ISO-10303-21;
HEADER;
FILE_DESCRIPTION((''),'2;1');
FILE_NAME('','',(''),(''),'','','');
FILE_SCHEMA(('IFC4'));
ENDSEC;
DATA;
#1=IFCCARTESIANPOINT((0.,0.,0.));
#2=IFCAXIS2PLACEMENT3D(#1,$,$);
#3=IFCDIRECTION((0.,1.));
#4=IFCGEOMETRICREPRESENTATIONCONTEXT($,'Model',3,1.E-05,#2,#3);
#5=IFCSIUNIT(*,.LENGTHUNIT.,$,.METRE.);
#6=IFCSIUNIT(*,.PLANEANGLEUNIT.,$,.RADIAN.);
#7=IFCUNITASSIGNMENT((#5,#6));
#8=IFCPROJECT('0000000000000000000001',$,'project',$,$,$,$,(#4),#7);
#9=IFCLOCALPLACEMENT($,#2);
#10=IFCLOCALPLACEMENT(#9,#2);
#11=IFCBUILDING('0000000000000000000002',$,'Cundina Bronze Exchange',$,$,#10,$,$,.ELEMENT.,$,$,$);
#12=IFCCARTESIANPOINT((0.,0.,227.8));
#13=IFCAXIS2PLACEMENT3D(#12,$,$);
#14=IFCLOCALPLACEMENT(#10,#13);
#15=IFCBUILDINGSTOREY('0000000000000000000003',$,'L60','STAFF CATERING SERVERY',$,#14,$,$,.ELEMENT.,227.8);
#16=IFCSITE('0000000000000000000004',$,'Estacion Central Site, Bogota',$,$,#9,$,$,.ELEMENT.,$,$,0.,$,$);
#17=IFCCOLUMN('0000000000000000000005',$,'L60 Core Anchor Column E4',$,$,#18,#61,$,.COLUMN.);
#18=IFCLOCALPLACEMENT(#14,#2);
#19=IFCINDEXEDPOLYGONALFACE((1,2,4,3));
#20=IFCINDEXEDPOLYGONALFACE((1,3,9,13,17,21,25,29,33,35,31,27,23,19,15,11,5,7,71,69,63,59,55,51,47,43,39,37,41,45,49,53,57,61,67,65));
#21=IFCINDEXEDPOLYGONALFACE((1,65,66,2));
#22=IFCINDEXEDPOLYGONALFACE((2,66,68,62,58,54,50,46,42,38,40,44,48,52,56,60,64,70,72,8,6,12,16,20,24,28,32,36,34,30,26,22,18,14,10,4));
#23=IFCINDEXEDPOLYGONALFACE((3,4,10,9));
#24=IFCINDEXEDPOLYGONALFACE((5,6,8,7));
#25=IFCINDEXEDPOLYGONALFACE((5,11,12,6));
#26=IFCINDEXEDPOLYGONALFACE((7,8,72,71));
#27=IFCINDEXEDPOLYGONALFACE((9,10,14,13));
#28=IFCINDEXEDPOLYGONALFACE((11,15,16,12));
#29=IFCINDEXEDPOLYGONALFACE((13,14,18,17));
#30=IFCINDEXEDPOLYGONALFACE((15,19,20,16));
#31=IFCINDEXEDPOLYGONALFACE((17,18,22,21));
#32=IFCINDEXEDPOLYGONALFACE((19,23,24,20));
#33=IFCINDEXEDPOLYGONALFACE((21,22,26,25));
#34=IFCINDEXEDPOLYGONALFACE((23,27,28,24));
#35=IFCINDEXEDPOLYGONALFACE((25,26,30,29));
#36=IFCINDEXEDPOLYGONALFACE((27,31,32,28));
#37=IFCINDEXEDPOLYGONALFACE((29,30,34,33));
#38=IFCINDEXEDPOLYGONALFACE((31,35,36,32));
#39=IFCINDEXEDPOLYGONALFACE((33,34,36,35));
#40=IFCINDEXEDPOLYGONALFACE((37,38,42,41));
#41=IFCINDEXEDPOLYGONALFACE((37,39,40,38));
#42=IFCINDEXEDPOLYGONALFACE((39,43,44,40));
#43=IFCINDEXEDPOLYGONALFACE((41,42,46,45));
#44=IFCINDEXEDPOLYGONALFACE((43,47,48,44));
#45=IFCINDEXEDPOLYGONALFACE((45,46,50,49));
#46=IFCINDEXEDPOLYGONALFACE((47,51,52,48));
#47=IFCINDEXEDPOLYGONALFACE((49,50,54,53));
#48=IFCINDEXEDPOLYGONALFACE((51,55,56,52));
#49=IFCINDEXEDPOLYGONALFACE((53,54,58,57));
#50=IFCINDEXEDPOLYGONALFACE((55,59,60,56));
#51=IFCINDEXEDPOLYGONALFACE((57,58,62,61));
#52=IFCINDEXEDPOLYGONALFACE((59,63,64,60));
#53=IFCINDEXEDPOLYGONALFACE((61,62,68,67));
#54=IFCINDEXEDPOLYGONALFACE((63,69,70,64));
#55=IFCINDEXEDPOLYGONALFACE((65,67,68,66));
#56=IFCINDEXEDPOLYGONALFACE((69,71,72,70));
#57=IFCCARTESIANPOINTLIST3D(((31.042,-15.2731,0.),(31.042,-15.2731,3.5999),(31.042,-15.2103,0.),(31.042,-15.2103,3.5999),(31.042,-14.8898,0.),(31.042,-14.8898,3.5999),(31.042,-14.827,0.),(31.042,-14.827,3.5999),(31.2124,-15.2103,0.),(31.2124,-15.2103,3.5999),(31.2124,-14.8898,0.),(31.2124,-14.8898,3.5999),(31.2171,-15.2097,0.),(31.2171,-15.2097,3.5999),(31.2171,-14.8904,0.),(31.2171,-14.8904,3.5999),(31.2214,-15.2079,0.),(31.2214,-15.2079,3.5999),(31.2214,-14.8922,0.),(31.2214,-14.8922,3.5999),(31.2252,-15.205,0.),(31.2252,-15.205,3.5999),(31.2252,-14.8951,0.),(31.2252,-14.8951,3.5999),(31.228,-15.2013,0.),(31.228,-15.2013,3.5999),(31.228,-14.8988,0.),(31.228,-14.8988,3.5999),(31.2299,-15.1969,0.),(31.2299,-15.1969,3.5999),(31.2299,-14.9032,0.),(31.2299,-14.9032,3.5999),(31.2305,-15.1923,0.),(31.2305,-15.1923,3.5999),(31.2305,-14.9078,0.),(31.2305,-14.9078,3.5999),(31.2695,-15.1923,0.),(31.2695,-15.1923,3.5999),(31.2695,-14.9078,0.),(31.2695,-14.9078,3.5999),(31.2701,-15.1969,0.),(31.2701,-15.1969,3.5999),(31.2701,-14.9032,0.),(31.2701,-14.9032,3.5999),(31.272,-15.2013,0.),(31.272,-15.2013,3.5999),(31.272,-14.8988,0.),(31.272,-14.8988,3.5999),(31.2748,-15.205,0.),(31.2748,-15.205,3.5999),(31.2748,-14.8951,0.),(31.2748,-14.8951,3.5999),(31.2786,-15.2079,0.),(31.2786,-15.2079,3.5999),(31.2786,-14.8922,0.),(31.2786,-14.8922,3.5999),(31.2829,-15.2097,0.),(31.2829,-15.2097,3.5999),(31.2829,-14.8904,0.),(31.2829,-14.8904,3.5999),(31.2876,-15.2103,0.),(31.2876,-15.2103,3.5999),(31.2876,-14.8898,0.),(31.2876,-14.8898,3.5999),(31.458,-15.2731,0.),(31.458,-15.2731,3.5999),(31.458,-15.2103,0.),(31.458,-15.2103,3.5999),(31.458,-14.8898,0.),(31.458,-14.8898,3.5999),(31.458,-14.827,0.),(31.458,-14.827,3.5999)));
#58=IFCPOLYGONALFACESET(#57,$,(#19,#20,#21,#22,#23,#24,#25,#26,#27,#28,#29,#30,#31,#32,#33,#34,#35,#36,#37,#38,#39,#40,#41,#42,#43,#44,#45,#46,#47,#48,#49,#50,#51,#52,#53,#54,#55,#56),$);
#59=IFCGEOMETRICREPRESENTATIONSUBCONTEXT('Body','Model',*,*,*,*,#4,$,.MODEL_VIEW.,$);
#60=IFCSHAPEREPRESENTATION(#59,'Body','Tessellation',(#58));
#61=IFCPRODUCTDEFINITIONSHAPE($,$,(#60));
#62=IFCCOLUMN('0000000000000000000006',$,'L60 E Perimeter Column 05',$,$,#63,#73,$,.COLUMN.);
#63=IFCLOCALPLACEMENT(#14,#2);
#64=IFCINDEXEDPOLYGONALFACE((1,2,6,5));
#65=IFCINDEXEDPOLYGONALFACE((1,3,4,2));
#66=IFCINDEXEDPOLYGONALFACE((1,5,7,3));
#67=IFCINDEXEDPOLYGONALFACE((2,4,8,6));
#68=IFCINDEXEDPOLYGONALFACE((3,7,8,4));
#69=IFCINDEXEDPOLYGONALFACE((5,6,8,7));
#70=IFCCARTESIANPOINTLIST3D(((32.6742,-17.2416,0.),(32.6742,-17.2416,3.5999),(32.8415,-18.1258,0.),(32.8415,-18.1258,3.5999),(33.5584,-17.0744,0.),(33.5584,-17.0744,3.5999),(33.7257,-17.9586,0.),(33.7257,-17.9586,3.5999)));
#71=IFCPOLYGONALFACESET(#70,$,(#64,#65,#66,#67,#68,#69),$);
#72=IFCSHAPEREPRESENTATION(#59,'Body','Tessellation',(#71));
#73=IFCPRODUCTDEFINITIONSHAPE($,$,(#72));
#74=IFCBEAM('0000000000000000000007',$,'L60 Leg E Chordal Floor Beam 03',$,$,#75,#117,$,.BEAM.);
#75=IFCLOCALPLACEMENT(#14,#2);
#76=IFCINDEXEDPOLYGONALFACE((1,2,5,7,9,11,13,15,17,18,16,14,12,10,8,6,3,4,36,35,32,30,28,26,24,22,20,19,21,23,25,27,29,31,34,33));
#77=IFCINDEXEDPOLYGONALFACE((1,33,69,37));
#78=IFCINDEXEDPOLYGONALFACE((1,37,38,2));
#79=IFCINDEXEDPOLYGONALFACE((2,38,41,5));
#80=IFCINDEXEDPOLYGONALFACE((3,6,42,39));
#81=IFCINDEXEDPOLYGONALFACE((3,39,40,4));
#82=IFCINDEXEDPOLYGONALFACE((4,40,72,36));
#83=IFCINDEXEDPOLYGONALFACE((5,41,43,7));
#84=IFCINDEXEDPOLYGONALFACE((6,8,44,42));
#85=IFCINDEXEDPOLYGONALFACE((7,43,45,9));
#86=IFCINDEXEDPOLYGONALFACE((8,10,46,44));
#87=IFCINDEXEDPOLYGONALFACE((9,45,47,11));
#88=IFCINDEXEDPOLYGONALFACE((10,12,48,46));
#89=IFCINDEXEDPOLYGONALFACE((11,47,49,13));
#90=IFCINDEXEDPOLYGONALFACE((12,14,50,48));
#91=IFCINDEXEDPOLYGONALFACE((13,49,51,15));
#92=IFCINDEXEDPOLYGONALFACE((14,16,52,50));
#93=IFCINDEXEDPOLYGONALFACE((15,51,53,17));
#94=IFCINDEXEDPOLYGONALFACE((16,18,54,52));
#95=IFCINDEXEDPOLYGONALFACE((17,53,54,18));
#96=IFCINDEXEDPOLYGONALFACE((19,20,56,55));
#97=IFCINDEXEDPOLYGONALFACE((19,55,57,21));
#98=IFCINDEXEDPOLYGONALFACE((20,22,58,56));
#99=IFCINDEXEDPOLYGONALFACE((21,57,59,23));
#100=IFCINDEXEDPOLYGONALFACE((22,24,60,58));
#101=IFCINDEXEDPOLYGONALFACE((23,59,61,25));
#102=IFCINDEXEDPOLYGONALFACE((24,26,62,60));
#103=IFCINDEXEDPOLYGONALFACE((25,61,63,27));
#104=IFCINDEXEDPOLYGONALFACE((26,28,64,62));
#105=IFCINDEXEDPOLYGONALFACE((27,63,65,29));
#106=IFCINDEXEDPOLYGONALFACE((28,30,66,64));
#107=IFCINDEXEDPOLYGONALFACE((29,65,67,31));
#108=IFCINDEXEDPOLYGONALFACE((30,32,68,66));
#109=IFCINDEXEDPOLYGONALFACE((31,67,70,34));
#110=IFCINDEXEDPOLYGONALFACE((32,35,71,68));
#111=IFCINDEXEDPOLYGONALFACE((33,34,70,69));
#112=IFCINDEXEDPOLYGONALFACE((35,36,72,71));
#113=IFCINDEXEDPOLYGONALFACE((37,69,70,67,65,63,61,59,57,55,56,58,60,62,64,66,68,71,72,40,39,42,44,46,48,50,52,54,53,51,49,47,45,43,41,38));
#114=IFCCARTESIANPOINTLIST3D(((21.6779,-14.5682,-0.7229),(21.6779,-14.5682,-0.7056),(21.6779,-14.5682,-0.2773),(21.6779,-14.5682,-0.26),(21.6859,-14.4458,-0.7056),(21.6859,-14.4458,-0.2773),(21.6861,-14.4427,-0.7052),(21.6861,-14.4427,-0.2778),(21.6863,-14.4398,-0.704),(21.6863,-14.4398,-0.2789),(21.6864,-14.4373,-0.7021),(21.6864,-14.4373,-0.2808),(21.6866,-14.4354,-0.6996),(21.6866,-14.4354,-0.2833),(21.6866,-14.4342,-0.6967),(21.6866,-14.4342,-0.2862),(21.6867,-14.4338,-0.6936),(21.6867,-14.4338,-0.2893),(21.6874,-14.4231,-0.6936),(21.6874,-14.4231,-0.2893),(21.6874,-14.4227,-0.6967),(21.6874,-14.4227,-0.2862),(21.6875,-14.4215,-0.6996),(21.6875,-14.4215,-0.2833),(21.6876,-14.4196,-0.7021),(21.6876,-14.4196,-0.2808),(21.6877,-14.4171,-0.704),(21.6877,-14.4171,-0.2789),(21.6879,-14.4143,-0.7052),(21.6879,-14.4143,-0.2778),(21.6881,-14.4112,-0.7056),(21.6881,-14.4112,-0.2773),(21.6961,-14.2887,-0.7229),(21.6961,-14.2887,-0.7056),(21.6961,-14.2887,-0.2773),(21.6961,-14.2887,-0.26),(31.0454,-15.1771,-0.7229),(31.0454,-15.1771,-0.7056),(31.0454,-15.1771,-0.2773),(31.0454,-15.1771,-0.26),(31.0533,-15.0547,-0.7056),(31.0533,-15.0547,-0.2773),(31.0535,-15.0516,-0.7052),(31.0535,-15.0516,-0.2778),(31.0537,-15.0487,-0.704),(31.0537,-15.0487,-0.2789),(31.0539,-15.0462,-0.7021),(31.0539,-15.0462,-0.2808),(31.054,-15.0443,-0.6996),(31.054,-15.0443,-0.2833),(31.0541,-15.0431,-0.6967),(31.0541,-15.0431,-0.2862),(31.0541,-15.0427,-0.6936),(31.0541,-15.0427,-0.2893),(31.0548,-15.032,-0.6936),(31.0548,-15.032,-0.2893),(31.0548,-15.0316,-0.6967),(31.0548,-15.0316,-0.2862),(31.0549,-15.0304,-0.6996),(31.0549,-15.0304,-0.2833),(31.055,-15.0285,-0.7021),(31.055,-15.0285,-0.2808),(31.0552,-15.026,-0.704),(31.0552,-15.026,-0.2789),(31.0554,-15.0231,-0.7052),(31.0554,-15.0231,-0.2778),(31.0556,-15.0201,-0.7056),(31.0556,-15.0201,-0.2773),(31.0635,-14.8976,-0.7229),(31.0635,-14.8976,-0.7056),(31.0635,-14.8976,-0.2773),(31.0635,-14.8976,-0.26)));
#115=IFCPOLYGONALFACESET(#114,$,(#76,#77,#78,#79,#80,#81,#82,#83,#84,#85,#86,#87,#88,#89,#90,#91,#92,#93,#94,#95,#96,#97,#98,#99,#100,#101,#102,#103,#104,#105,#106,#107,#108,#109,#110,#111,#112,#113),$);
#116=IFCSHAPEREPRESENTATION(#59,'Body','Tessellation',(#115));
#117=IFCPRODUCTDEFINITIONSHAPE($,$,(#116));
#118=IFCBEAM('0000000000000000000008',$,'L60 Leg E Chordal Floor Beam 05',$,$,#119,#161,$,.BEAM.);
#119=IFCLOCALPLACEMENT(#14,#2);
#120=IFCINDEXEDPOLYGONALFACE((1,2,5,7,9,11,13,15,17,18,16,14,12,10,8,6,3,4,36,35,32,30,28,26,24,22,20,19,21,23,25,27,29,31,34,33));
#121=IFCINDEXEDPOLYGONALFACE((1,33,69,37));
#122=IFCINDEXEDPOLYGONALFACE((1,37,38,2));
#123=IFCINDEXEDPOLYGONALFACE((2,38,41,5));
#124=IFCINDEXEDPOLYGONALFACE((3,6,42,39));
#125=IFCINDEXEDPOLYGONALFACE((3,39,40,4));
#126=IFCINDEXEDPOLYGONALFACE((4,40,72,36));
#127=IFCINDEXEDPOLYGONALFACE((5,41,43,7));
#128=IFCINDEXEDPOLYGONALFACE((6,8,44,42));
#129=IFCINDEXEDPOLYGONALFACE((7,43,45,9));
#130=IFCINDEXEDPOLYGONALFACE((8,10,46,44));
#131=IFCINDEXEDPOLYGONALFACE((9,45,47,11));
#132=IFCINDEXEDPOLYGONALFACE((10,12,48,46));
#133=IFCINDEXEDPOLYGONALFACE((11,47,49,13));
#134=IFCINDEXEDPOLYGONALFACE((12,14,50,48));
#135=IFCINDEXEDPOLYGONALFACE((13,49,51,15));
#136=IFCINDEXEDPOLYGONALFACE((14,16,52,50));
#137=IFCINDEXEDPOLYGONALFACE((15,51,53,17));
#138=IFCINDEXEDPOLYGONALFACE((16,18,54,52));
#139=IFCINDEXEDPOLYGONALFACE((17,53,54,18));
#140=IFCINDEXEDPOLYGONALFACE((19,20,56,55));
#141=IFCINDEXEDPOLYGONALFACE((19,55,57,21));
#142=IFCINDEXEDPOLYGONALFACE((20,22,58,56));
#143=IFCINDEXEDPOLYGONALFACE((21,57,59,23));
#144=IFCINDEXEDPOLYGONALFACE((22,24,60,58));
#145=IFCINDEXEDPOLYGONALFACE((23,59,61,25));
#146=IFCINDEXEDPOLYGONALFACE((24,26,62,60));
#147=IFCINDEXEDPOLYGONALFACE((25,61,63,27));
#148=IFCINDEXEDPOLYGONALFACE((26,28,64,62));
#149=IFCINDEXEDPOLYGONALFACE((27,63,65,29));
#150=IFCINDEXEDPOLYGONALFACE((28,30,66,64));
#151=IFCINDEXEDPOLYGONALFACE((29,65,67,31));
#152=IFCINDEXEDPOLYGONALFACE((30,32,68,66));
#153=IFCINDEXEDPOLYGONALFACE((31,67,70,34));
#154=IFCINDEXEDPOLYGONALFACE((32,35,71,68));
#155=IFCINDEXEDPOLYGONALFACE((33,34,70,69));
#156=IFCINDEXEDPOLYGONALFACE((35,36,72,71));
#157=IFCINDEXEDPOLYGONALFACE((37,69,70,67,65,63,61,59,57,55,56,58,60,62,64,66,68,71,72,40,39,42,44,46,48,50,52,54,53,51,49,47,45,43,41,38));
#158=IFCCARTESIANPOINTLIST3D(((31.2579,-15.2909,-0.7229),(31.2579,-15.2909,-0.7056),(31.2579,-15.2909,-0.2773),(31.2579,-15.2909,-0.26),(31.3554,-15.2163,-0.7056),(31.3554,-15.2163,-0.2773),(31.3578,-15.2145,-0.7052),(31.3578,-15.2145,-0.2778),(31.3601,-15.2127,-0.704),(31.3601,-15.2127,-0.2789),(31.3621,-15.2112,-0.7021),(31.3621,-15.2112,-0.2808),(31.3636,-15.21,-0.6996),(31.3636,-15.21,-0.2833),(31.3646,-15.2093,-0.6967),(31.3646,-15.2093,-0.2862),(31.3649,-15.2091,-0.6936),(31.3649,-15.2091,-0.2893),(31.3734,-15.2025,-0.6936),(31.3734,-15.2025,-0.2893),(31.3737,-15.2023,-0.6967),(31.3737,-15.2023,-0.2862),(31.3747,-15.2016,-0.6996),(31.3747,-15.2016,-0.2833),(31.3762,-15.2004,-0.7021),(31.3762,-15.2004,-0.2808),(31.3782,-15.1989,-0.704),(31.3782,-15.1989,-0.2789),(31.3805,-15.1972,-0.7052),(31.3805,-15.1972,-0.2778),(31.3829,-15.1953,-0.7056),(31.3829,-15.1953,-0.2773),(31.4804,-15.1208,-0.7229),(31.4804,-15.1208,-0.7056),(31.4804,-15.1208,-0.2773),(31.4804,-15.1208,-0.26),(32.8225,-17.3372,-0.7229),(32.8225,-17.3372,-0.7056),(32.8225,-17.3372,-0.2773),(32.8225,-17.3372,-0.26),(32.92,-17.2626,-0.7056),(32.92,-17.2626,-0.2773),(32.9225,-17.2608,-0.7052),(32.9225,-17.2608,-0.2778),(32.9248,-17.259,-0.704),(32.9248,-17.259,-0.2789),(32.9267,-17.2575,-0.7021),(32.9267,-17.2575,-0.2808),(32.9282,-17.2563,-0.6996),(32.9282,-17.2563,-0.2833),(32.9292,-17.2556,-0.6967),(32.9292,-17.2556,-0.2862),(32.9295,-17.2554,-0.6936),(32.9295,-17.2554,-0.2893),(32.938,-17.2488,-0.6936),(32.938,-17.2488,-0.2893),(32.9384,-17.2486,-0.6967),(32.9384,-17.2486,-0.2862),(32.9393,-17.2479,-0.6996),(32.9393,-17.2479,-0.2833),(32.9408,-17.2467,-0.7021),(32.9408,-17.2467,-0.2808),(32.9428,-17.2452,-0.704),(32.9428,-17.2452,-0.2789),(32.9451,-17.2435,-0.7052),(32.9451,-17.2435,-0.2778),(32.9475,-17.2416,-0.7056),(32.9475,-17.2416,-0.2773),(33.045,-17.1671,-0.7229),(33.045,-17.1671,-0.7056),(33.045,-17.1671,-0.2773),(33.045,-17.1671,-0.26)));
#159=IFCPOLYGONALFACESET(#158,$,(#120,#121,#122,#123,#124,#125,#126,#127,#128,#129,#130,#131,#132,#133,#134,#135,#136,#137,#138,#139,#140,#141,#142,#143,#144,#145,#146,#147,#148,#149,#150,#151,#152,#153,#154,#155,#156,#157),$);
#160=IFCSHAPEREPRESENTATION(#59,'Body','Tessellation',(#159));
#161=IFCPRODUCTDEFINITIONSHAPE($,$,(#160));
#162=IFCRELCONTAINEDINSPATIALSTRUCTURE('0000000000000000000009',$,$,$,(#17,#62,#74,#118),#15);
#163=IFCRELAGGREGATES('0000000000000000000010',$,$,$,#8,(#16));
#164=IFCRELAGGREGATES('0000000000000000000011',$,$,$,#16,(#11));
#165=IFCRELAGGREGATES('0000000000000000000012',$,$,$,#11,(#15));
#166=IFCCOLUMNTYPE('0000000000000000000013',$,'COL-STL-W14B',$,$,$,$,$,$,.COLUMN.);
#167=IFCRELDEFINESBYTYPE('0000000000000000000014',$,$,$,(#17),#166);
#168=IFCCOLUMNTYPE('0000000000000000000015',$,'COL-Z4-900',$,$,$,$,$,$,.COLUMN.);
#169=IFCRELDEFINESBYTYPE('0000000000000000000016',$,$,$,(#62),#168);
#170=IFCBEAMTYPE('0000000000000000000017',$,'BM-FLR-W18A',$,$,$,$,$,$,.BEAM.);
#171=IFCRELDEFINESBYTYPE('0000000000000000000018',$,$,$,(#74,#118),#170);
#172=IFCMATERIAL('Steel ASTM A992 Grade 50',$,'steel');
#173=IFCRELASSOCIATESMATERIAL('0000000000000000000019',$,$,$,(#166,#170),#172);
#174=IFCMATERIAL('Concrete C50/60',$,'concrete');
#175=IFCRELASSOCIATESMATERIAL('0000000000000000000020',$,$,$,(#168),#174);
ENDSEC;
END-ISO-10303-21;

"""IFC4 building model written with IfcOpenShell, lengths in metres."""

from ifc_helpers import new_model, si_unit, direction, frame, origin, origin_2d, place, context, subcontext, project, spatial, rectangle, i_section, extrude, material, material_profile, profile_set, type_object, element, save


model = new_model("IFC4")

# Units and contexts
model_context = context("Model", 3, precision=1e-05, world=origin(), true_north=direction((0.0, 1.0)))
body_context = subcontext(model_context, "Body", "Model", "MODEL_VIEW")
ifc_project = project(units=[si_unit("LENGTHUNIT", "METRE"), si_unit("PLANEANGLEUNIT", "RADIAN")], contexts=[model_context])

# Site, building, storey
site_placement = place(None, origin())
site = spatial("IfcSite", under=ifc_project, at=site_placement, Name="Estacion Central Site, Bogota", CompositionType="ELEMENT", RefElevation=0.0)
building_placement = place(site_placement, origin())
building = spatial("IfcBuilding", under=site, at=building_placement, Name="Cundina Bronze Exchange", CompositionType="ELEMENT")
storey_placement = place(building_placement, frame((0.0, 0.0, 227.8)))
storey = spatial("IfcBuildingStorey", under=building, at=storey_placement, Name="L60", Description="STAFF CATERING SERVERY", CompositionType="ELEMENT", Elevation=227.8)

# Columns
ifc_material_1 = material(Name="Steel ASTM A992 Grade 50", Category="steel")
ifc_material_profile_1 = material_profile(ifc_material_1, i_section(OverallWidth=0.416, OverallDepth=0.446, WebThickness=0.0391, FlangeThickness=0.0627, FilletRadius=0.0181, at=origin_2d()), Name="W14X342", Category="steel")
ifc_profile_set_1 = profile_set([ifc_material_profile_1], Name="Steel ASTM A992 Grade 50")
column_type_1 = type_object("IfcColumnType", Name="COL-STL-W14B", PredefinedType="COLUMN", material=ifc_profile_set_1)
column_1_placement = place(storey_placement, frame((31.25, -15.05, 0.0), z_axis=(0.0, 0.0, 1.0), x_axis=(1.0, 0.0, 0.0)))
element("IfcColumn", 1, at=column_1_placement, inside=storey, type_object=column_type_1, Name="L60 Core Anchor Column E4", PredefinedType="COLUMN", context=body_context, shape_type="SweptSolid", body=[
    extrude(i_section(OverallWidth=0.416, OverallDepth=0.446, WebThickness=0.0391, FlangeThickness=0.0627, FilletRadius=0.0181, at=origin_2d()), origin(), (0.0, 0.0, 1.0), 3.5999),
])
ifc_material_2 = material(Name="Concrete C50/60", Category="concrete")
ifc_material_profile_2 = material_profile(ifc_material_2, rectangle(XDim=0.8999, YDim=0.8999, at=origin_2d()), Name="RC900X900", Category="concrete")
ifc_profile_set_2 = profile_set([ifc_material_profile_2], Name="Concrete C50/60")
column_type_2 = type_object("IfcColumnType", Name="COL-Z4-900", PredefinedType="COLUMN", material=ifc_profile_set_2)
column_2_placement = place(storey_placement, frame((33.2, -17.6001, 0.0), z_axis=(0.0, 0.0, 1.0), x_axis=(0.98258, 0.185838, 0.0)))
element("IfcColumn", 2, at=column_2_placement, inside=storey, type_object=column_type_2, Name="L60 E Perimeter Column 05", PredefinedType="COLUMN", context=body_context, shape_type="SweptSolid", body=[
    extrude(rectangle(XDim=0.8999, YDim=0.8999, at=origin_2d()), origin(), (0.0, 0.0, 1.0), 3.5999),
])

# Beams
ifc_material_profile_3 = material_profile(ifc_material_1, i_section(OverallWidth=0.28, OverallDepth=0.4629, WebThickness=0.0107, FlangeThickness=0.0173, FilletRadius=0.012, at=origin_2d()), Name="W18X76", Category="steel")
ifc_profile_set_3 = profile_set([ifc_material_profile_3], Name="Steel ASTM A992 Grade 50")
beam_type_1 = type_object("IfcBeamType", Name="BM-FLR-W18A", PredefinedType="BEAM", material=ifc_profile_set_3)
beam_1_placement = place(storey_placement, frame((31.0544, -15.0374, -0.4915), z_axis=(-0.997894, 0.064864, 0.0), x_axis=(-0.064864, -0.997894, 0.0)))
element("IfcBeam", 3, at=beam_1_placement, inside=storey, type_object=beam_type_1, Name="L60 Leg E Chordal Floor Beam 03", PredefinedType="BEAM", context=body_context, shape_type="SweptSolid", body=[
    extrude(i_section(OverallWidth=0.28, OverallDepth=0.4629, WebThickness=0.0107, FlangeThickness=0.0173, FilletRadius=0.012, at=origin_2d()), origin(), (0.0, 0.0, 1.0), 9.3872),
])
beam_2_placement = place(storey_placement, frame((31.3691, -15.2058, -0.4915), z_axis=(0.607404, -0.794393, 0.0), x_axis=(0.794393, 0.607404, 0.0)))
element("IfcBeam", 4, at=beam_2_placement, inside=storey, type_object=beam_type_1, Name="L60 Leg E Chordal Floor Beam 05", PredefinedType="BEAM", context=body_context, shape_type="SweptSolid", body=[
    extrude(i_section(OverallWidth=0.28, OverallDepth=0.4629, WebThickness=0.0107, FlangeThickness=0.0173, FilletRadius=0.012, at=origin_2d()), origin(), (0.0, 0.0, 1.0), 2.5759),
])

save(model, "model.ifc")
